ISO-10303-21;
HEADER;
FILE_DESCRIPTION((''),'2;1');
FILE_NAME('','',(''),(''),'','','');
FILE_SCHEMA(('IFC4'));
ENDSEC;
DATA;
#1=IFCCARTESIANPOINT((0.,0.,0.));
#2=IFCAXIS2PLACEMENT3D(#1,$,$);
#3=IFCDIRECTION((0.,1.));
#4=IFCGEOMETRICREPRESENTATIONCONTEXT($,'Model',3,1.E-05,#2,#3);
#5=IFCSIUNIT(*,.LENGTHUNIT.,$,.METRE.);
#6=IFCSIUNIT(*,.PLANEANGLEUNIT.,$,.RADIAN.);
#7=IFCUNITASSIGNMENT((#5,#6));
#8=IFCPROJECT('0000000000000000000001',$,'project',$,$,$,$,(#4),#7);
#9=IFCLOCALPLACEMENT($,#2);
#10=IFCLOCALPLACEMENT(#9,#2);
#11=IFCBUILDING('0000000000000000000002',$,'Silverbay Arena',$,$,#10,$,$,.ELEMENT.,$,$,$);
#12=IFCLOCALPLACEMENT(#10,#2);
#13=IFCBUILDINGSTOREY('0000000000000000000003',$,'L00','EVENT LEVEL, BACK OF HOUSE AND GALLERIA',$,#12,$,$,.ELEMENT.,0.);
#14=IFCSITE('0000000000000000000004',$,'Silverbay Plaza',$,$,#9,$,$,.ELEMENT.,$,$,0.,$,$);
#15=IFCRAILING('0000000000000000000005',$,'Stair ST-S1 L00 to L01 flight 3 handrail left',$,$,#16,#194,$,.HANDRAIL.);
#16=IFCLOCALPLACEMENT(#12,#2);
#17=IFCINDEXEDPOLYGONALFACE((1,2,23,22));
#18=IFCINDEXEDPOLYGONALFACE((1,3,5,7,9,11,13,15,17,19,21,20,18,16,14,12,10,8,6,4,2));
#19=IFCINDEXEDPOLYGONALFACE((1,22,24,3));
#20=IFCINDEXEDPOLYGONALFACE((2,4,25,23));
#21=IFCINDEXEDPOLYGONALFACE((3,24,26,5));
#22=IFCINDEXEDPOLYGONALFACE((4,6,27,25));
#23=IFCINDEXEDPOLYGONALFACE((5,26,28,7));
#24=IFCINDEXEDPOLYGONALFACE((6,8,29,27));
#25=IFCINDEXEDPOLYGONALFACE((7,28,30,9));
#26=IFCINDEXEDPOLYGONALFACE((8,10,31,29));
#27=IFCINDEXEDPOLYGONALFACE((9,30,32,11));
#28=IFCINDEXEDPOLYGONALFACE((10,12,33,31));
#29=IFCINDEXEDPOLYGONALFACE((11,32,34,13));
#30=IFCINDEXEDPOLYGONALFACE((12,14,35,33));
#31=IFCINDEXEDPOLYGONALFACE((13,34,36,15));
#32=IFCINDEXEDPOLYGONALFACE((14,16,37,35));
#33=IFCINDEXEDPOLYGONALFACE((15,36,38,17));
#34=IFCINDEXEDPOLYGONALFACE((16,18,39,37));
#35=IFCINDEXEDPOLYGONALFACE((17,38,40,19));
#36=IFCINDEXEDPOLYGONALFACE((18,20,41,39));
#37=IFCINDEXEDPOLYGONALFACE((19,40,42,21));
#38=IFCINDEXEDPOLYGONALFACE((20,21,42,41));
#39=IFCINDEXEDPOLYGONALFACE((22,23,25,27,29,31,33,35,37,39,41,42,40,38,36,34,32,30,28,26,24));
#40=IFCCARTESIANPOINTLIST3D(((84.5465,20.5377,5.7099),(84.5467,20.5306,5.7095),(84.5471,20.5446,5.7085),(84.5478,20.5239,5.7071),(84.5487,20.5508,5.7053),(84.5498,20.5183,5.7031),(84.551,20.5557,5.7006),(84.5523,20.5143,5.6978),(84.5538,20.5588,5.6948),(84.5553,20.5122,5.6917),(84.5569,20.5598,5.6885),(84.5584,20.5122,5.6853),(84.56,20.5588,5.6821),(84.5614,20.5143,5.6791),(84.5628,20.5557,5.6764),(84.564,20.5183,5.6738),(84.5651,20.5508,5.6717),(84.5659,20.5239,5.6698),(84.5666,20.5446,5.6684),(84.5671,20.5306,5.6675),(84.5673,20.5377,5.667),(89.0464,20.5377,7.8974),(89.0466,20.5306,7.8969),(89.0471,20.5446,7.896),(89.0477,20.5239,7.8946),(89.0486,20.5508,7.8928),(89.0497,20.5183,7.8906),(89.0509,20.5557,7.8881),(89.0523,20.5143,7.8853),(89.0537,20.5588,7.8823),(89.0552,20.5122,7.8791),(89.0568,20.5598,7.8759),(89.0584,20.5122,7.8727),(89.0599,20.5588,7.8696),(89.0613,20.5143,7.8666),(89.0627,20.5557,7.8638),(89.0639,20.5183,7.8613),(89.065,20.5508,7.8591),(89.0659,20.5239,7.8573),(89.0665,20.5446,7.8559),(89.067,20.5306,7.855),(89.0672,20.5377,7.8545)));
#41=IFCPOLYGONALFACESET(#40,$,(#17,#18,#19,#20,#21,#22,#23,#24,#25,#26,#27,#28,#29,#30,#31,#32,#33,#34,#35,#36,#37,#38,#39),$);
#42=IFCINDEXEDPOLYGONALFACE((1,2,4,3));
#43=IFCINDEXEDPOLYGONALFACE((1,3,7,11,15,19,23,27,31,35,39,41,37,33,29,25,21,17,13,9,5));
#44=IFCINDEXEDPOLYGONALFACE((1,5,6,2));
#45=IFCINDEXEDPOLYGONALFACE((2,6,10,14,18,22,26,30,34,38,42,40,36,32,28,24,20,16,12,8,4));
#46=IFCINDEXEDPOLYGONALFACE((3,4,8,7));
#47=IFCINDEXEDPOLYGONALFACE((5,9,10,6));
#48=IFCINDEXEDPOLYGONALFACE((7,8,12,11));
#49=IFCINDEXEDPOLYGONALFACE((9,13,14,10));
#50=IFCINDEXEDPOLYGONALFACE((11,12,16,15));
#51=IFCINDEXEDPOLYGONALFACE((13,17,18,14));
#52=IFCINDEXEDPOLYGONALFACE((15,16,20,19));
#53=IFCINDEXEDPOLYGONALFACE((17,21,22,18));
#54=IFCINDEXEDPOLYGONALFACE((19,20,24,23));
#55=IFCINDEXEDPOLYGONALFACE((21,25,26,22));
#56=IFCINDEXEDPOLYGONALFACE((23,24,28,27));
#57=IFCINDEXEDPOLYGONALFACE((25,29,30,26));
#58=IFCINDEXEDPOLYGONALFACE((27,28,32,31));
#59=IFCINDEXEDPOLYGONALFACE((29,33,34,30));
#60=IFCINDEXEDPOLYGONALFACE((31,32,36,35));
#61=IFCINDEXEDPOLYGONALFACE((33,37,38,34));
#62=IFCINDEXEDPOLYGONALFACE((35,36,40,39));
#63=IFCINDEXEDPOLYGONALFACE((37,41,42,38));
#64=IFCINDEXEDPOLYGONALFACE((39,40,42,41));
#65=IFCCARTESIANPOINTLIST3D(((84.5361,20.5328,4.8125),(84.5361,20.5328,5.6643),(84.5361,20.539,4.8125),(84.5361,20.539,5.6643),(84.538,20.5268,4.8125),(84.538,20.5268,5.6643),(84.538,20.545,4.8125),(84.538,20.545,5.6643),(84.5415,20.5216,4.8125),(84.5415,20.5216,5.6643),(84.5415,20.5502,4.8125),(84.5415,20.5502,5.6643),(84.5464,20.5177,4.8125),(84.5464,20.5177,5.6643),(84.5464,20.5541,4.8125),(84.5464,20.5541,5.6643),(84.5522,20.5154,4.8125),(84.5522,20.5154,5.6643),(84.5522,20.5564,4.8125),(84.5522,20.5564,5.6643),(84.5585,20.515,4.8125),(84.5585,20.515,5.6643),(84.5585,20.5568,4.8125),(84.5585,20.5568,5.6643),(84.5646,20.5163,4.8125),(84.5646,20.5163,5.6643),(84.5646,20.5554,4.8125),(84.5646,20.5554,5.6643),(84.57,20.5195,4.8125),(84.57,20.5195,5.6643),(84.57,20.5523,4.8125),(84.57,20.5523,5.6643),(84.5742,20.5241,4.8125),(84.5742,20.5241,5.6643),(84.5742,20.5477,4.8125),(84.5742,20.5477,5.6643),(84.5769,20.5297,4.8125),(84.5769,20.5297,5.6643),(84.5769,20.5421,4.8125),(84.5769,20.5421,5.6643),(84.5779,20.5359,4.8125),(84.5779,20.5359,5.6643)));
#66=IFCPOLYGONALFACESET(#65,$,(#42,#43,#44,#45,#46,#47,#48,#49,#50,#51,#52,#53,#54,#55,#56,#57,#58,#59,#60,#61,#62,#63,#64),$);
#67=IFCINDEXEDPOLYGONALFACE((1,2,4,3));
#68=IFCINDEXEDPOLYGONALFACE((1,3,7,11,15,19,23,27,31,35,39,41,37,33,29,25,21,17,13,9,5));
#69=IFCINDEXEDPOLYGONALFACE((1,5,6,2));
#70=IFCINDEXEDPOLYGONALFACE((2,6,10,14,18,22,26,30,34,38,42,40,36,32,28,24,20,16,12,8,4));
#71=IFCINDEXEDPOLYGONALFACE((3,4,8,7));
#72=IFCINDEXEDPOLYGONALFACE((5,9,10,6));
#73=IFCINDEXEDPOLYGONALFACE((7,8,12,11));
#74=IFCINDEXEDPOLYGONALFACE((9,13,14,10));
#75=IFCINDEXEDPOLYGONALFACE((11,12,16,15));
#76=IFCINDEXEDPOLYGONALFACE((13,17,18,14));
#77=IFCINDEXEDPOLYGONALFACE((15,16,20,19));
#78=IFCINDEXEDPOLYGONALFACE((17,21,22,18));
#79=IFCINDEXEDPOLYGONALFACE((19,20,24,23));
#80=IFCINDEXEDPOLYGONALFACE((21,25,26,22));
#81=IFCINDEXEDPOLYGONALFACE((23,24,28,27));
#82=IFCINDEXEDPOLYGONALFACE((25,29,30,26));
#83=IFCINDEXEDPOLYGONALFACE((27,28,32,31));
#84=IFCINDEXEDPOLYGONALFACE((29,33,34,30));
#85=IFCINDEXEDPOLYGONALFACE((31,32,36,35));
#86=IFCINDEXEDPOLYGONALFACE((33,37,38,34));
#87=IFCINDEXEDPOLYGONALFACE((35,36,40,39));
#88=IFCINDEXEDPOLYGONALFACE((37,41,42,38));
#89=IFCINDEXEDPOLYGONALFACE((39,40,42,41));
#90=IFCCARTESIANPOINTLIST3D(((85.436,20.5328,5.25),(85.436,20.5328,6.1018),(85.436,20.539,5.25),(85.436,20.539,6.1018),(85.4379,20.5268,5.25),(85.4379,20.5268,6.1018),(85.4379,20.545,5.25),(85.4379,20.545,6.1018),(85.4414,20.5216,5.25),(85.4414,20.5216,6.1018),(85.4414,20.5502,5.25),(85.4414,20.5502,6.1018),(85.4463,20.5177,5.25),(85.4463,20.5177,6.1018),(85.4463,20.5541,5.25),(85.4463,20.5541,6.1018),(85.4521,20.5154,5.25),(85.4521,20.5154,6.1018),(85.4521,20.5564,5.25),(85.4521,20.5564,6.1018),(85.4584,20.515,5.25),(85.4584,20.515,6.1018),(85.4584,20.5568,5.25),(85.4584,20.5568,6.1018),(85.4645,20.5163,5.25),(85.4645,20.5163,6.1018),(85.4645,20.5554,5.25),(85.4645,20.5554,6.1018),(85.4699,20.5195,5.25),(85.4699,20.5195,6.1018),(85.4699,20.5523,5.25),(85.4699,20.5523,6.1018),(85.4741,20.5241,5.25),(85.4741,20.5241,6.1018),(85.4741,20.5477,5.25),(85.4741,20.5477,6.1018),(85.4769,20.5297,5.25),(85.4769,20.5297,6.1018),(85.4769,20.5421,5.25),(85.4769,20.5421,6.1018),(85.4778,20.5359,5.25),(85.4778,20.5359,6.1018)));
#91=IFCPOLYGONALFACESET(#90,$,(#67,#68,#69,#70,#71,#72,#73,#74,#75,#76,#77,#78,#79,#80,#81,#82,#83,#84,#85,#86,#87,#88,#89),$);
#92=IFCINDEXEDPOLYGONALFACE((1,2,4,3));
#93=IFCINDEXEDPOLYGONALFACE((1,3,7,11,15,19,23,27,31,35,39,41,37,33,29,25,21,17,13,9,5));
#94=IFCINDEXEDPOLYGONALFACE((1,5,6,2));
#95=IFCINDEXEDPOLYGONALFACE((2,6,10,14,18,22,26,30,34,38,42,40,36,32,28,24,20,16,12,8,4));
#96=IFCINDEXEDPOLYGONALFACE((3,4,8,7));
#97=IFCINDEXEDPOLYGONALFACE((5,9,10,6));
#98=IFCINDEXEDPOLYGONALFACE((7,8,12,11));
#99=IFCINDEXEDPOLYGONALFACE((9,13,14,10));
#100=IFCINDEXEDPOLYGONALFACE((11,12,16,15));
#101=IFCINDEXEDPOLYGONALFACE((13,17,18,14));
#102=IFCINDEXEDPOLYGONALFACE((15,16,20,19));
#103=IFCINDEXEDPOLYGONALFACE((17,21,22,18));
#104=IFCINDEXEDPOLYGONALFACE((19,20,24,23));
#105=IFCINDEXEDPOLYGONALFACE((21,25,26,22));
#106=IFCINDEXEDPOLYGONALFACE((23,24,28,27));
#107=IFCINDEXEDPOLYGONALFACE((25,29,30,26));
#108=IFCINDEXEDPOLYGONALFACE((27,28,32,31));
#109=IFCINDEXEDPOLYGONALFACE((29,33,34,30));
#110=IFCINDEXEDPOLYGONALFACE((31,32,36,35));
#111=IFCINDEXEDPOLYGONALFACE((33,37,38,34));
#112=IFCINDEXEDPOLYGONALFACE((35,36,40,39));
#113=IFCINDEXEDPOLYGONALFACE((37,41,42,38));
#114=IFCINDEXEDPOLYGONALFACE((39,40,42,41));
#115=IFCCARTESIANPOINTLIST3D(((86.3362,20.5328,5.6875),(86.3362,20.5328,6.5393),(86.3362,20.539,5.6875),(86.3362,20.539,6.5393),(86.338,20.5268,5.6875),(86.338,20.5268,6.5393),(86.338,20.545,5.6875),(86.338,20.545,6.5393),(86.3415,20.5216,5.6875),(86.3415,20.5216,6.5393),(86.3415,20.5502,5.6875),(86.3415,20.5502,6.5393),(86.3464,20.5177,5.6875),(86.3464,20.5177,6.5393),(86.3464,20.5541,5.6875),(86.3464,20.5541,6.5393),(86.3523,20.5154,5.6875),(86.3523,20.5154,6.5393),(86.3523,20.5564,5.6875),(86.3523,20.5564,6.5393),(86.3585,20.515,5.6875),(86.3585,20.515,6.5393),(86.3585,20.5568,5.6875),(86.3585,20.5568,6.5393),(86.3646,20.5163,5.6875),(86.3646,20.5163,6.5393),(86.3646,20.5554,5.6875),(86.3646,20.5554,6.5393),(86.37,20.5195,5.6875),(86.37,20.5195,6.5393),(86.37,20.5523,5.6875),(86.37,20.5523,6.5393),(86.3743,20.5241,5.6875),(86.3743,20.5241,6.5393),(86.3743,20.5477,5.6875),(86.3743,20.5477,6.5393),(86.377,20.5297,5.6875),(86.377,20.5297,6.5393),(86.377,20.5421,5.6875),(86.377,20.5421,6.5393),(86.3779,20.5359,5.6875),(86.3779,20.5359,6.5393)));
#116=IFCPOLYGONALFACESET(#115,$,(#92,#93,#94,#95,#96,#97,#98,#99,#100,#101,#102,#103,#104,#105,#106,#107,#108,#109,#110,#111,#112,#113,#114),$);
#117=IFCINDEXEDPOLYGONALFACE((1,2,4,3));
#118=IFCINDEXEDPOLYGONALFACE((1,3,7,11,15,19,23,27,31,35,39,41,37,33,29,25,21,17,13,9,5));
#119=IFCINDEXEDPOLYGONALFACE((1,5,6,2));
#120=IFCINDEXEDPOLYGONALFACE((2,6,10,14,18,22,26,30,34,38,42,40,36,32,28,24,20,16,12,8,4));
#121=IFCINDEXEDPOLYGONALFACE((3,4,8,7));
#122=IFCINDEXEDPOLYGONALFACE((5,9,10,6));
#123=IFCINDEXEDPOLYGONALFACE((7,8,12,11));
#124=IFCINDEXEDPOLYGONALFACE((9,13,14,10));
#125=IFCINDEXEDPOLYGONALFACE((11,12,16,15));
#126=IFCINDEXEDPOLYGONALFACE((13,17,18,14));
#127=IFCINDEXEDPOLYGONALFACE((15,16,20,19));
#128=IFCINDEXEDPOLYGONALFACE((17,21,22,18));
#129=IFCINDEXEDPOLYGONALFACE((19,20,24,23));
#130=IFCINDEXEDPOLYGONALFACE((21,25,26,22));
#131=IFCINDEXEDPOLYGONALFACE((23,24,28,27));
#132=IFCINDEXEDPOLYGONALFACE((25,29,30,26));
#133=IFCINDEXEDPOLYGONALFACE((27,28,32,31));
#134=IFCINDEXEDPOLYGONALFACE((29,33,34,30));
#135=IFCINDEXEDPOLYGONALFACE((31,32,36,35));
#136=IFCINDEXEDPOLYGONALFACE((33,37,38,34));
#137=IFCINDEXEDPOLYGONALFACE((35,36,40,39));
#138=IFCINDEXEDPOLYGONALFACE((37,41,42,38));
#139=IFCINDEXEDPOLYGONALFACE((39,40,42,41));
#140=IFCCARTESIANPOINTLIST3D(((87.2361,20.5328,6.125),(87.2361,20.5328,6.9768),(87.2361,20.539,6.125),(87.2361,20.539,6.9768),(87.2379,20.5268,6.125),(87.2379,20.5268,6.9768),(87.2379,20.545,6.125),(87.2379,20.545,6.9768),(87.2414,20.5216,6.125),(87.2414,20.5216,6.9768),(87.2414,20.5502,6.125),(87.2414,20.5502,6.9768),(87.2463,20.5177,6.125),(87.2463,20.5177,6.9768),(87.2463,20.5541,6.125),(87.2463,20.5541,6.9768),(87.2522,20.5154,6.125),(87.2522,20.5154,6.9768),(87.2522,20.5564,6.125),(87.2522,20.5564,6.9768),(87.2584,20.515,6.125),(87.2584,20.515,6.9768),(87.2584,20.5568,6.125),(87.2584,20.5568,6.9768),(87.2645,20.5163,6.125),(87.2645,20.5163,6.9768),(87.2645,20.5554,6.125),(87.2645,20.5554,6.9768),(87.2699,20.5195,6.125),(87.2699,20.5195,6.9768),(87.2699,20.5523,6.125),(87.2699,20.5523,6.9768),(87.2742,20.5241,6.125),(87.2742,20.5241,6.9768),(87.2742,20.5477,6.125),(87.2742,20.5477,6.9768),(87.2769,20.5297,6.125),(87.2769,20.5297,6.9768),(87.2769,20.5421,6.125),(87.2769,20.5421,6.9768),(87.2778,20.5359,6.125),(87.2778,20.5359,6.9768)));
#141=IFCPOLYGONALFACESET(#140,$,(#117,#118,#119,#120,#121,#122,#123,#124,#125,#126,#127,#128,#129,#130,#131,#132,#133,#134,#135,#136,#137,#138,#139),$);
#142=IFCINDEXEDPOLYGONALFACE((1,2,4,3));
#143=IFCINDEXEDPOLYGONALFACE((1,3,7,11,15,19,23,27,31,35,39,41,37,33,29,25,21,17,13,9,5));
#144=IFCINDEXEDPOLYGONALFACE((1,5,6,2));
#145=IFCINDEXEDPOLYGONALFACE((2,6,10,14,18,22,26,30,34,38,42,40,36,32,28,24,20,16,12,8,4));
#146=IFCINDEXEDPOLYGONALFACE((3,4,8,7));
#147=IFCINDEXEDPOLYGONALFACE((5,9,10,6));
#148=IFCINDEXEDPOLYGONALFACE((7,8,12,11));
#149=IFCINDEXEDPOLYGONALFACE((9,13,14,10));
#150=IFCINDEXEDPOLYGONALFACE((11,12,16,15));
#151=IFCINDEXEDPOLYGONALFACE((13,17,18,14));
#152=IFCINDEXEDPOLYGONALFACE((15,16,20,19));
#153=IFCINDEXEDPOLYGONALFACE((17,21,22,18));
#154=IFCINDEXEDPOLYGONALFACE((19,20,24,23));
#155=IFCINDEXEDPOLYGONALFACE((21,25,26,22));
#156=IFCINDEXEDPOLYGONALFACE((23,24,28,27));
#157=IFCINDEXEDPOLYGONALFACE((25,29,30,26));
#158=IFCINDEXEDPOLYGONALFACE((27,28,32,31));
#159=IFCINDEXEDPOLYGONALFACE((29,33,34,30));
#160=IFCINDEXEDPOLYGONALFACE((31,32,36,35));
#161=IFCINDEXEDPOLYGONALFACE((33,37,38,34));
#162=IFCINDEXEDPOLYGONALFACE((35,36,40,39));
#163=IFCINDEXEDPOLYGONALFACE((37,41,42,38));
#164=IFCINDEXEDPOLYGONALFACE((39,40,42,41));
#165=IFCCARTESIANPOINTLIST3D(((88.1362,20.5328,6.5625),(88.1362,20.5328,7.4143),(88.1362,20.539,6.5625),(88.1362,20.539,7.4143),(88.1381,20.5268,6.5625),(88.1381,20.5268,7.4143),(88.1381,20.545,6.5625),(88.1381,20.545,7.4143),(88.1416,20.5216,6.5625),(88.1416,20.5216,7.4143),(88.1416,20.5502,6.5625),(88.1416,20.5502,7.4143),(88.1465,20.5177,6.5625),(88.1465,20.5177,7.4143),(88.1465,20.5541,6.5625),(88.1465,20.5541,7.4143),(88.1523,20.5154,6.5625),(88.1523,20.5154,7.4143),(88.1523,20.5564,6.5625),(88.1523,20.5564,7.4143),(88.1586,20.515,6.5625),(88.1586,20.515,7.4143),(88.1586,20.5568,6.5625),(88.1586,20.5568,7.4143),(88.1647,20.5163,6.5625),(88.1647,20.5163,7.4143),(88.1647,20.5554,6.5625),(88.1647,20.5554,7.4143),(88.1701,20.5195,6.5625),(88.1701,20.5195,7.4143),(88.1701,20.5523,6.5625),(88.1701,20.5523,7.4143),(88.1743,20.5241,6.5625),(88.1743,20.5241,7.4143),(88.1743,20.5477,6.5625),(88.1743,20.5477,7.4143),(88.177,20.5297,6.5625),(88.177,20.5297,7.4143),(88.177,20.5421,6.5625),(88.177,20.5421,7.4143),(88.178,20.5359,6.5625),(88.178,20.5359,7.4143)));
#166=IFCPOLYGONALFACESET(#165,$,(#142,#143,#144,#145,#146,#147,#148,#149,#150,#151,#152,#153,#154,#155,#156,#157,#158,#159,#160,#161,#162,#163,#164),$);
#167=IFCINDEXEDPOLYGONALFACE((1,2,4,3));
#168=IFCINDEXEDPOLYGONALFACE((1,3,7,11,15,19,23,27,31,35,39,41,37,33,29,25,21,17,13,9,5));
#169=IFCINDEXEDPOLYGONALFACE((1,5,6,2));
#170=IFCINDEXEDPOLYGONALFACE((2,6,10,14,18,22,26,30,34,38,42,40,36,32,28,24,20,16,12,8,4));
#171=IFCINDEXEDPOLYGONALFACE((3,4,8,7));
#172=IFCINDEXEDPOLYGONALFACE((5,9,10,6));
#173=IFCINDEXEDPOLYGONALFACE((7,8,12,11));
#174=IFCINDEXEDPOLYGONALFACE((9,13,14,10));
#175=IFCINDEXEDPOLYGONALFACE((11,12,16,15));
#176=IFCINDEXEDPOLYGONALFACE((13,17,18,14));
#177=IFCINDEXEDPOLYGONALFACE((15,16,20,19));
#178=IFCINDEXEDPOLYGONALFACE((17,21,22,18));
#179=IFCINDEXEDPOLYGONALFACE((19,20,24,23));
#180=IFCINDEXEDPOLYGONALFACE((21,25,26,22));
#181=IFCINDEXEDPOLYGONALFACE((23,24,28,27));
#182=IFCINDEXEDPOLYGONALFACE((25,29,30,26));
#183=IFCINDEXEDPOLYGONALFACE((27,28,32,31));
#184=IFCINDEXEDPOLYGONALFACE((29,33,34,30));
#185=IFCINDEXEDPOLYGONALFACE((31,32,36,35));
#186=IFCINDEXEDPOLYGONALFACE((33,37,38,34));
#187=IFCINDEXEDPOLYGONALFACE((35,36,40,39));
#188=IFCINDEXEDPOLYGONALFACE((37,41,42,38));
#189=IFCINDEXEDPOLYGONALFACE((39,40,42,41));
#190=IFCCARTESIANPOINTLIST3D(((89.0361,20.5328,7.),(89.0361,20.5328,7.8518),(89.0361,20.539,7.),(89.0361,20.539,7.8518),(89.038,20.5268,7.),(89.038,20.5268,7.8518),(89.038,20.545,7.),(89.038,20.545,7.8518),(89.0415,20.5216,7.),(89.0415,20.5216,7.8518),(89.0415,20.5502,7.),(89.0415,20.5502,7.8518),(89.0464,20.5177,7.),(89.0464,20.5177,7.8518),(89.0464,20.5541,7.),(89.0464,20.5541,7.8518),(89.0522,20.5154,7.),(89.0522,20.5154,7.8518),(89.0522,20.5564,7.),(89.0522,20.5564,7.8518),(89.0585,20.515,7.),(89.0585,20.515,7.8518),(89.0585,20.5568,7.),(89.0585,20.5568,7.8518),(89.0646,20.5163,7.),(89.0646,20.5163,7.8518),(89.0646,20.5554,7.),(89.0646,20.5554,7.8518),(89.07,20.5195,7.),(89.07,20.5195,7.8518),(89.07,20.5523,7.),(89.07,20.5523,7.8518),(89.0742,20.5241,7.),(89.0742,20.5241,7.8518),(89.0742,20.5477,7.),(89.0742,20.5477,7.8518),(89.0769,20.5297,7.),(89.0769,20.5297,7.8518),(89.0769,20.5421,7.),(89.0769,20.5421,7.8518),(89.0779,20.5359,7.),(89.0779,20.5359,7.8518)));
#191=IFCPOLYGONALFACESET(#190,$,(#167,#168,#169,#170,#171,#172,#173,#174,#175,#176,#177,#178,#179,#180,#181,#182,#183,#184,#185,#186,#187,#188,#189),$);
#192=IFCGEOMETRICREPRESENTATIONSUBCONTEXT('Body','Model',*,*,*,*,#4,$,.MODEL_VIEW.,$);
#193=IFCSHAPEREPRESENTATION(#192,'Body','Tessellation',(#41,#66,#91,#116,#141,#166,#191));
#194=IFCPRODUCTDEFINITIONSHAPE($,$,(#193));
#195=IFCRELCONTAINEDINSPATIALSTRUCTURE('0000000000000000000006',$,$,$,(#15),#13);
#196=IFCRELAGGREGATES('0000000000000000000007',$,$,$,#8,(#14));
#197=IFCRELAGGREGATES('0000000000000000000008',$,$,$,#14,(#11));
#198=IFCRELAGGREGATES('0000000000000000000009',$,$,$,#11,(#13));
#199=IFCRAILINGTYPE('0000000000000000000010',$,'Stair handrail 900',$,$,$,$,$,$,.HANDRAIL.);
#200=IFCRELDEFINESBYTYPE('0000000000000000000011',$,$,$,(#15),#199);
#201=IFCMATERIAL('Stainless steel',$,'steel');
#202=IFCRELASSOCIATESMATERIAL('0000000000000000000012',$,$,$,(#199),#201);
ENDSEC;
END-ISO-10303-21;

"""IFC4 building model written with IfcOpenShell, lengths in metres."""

from ifc_helpers import new_model, si_unit, direction, frame, origin, origin_2d, place, context, subcontext, project, spatial, circle, extrude, material, type_object, element, save


model = new_model("IFC4")

# Units and contexts
model_context = context("Model", 3, precision=1e-05, world=origin(), true_north=direction((0.0, 1.0)))
body_context = subcontext(model_context, "Body", "Model", "MODEL_VIEW")
ifc_project = project(units=[si_unit("LENGTHUNIT", "METRE"), si_unit("PLANEANGLEUNIT", "RADIAN")], contexts=[model_context])

# Site, building, storey
site_placement = place(None, origin())
site = spatial("IfcSite", under=ifc_project, at=site_placement, Name="Silverbay Plaza", CompositionType="ELEMENT", RefElevation=0.0)
building_placement = place(site_placement, origin())
building = spatial("IfcBuilding", under=site, at=building_placement, Name="Silverbay Arena", CompositionType="ELEMENT")
storey_placement = place(building_placement, origin())
storey = spatial("IfcBuildingStorey", under=building, at=storey_placement, Name="L00", Description="EVENT LEVEL, BACK OF HOUSE AND GALLERIA", CompositionType="ELEMENT", Elevation=0.0)

# Railing
ifc_material_1 = material(Name="Stainless steel", Category="steel")
railing_type_1 = type_object("IfcRailingType", Name="Stair handrail 900", PredefinedType="HANDRAIL", material=ifc_material_1)
railing_1_placement = place(storey_placement, frame((84.5569, 20.5359, 4.8125)))
element("IfcRailing", 1, at=railing_1_placement, inside=storey, type_object=railing_type_1, Name="Stair ST-S1 L00 to L01 flight 3 handrail left", PredefinedType="HANDRAIL", context=body_context, shape_type="SweptSolid", body=[
    extrude(circle(Radius=0.0239, at=origin_2d()), frame((0.0, 0.0, 0.876), z_axis=(0.899368, 0.0, 0.437193), x_axis=(0.0, 1.0, 0.0)), (0.0, 0.0, 1.0), 5.0034),
    extrude(circle(Radius=0.021, at=origin_2d()), origin(), (0.0, 0.0, 1.0), 0.8518),
    extrude(circle(Radius=0.021, at=origin_2d()), frame((0.8999, 0.0, 0.4375)), (0.0, 0.0, 1.0), 0.8518),
    extrude(circle(Radius=0.021, at=origin_2d()), frame((1.8, 0.0, 0.875)), (0.0, 0.0, 1.0), 0.8518),
    extrude(circle(Radius=0.021, at=origin_2d()), frame((2.7, 0.0, 1.3125)), (0.0, 0.0, 1.0), 0.8518),
    extrude(circle(Radius=0.021, at=origin_2d()), frame((3.6001, 0.0, 1.75)), (0.0, 0.0, 1.0), 0.8518),
    extrude(circle(Radius=0.021, at=origin_2d()), frame((4.5, 0.0, 2.1875)), (0.0, 0.0, 1.0), 0.8518),
])

save(model, "model.ifc")
